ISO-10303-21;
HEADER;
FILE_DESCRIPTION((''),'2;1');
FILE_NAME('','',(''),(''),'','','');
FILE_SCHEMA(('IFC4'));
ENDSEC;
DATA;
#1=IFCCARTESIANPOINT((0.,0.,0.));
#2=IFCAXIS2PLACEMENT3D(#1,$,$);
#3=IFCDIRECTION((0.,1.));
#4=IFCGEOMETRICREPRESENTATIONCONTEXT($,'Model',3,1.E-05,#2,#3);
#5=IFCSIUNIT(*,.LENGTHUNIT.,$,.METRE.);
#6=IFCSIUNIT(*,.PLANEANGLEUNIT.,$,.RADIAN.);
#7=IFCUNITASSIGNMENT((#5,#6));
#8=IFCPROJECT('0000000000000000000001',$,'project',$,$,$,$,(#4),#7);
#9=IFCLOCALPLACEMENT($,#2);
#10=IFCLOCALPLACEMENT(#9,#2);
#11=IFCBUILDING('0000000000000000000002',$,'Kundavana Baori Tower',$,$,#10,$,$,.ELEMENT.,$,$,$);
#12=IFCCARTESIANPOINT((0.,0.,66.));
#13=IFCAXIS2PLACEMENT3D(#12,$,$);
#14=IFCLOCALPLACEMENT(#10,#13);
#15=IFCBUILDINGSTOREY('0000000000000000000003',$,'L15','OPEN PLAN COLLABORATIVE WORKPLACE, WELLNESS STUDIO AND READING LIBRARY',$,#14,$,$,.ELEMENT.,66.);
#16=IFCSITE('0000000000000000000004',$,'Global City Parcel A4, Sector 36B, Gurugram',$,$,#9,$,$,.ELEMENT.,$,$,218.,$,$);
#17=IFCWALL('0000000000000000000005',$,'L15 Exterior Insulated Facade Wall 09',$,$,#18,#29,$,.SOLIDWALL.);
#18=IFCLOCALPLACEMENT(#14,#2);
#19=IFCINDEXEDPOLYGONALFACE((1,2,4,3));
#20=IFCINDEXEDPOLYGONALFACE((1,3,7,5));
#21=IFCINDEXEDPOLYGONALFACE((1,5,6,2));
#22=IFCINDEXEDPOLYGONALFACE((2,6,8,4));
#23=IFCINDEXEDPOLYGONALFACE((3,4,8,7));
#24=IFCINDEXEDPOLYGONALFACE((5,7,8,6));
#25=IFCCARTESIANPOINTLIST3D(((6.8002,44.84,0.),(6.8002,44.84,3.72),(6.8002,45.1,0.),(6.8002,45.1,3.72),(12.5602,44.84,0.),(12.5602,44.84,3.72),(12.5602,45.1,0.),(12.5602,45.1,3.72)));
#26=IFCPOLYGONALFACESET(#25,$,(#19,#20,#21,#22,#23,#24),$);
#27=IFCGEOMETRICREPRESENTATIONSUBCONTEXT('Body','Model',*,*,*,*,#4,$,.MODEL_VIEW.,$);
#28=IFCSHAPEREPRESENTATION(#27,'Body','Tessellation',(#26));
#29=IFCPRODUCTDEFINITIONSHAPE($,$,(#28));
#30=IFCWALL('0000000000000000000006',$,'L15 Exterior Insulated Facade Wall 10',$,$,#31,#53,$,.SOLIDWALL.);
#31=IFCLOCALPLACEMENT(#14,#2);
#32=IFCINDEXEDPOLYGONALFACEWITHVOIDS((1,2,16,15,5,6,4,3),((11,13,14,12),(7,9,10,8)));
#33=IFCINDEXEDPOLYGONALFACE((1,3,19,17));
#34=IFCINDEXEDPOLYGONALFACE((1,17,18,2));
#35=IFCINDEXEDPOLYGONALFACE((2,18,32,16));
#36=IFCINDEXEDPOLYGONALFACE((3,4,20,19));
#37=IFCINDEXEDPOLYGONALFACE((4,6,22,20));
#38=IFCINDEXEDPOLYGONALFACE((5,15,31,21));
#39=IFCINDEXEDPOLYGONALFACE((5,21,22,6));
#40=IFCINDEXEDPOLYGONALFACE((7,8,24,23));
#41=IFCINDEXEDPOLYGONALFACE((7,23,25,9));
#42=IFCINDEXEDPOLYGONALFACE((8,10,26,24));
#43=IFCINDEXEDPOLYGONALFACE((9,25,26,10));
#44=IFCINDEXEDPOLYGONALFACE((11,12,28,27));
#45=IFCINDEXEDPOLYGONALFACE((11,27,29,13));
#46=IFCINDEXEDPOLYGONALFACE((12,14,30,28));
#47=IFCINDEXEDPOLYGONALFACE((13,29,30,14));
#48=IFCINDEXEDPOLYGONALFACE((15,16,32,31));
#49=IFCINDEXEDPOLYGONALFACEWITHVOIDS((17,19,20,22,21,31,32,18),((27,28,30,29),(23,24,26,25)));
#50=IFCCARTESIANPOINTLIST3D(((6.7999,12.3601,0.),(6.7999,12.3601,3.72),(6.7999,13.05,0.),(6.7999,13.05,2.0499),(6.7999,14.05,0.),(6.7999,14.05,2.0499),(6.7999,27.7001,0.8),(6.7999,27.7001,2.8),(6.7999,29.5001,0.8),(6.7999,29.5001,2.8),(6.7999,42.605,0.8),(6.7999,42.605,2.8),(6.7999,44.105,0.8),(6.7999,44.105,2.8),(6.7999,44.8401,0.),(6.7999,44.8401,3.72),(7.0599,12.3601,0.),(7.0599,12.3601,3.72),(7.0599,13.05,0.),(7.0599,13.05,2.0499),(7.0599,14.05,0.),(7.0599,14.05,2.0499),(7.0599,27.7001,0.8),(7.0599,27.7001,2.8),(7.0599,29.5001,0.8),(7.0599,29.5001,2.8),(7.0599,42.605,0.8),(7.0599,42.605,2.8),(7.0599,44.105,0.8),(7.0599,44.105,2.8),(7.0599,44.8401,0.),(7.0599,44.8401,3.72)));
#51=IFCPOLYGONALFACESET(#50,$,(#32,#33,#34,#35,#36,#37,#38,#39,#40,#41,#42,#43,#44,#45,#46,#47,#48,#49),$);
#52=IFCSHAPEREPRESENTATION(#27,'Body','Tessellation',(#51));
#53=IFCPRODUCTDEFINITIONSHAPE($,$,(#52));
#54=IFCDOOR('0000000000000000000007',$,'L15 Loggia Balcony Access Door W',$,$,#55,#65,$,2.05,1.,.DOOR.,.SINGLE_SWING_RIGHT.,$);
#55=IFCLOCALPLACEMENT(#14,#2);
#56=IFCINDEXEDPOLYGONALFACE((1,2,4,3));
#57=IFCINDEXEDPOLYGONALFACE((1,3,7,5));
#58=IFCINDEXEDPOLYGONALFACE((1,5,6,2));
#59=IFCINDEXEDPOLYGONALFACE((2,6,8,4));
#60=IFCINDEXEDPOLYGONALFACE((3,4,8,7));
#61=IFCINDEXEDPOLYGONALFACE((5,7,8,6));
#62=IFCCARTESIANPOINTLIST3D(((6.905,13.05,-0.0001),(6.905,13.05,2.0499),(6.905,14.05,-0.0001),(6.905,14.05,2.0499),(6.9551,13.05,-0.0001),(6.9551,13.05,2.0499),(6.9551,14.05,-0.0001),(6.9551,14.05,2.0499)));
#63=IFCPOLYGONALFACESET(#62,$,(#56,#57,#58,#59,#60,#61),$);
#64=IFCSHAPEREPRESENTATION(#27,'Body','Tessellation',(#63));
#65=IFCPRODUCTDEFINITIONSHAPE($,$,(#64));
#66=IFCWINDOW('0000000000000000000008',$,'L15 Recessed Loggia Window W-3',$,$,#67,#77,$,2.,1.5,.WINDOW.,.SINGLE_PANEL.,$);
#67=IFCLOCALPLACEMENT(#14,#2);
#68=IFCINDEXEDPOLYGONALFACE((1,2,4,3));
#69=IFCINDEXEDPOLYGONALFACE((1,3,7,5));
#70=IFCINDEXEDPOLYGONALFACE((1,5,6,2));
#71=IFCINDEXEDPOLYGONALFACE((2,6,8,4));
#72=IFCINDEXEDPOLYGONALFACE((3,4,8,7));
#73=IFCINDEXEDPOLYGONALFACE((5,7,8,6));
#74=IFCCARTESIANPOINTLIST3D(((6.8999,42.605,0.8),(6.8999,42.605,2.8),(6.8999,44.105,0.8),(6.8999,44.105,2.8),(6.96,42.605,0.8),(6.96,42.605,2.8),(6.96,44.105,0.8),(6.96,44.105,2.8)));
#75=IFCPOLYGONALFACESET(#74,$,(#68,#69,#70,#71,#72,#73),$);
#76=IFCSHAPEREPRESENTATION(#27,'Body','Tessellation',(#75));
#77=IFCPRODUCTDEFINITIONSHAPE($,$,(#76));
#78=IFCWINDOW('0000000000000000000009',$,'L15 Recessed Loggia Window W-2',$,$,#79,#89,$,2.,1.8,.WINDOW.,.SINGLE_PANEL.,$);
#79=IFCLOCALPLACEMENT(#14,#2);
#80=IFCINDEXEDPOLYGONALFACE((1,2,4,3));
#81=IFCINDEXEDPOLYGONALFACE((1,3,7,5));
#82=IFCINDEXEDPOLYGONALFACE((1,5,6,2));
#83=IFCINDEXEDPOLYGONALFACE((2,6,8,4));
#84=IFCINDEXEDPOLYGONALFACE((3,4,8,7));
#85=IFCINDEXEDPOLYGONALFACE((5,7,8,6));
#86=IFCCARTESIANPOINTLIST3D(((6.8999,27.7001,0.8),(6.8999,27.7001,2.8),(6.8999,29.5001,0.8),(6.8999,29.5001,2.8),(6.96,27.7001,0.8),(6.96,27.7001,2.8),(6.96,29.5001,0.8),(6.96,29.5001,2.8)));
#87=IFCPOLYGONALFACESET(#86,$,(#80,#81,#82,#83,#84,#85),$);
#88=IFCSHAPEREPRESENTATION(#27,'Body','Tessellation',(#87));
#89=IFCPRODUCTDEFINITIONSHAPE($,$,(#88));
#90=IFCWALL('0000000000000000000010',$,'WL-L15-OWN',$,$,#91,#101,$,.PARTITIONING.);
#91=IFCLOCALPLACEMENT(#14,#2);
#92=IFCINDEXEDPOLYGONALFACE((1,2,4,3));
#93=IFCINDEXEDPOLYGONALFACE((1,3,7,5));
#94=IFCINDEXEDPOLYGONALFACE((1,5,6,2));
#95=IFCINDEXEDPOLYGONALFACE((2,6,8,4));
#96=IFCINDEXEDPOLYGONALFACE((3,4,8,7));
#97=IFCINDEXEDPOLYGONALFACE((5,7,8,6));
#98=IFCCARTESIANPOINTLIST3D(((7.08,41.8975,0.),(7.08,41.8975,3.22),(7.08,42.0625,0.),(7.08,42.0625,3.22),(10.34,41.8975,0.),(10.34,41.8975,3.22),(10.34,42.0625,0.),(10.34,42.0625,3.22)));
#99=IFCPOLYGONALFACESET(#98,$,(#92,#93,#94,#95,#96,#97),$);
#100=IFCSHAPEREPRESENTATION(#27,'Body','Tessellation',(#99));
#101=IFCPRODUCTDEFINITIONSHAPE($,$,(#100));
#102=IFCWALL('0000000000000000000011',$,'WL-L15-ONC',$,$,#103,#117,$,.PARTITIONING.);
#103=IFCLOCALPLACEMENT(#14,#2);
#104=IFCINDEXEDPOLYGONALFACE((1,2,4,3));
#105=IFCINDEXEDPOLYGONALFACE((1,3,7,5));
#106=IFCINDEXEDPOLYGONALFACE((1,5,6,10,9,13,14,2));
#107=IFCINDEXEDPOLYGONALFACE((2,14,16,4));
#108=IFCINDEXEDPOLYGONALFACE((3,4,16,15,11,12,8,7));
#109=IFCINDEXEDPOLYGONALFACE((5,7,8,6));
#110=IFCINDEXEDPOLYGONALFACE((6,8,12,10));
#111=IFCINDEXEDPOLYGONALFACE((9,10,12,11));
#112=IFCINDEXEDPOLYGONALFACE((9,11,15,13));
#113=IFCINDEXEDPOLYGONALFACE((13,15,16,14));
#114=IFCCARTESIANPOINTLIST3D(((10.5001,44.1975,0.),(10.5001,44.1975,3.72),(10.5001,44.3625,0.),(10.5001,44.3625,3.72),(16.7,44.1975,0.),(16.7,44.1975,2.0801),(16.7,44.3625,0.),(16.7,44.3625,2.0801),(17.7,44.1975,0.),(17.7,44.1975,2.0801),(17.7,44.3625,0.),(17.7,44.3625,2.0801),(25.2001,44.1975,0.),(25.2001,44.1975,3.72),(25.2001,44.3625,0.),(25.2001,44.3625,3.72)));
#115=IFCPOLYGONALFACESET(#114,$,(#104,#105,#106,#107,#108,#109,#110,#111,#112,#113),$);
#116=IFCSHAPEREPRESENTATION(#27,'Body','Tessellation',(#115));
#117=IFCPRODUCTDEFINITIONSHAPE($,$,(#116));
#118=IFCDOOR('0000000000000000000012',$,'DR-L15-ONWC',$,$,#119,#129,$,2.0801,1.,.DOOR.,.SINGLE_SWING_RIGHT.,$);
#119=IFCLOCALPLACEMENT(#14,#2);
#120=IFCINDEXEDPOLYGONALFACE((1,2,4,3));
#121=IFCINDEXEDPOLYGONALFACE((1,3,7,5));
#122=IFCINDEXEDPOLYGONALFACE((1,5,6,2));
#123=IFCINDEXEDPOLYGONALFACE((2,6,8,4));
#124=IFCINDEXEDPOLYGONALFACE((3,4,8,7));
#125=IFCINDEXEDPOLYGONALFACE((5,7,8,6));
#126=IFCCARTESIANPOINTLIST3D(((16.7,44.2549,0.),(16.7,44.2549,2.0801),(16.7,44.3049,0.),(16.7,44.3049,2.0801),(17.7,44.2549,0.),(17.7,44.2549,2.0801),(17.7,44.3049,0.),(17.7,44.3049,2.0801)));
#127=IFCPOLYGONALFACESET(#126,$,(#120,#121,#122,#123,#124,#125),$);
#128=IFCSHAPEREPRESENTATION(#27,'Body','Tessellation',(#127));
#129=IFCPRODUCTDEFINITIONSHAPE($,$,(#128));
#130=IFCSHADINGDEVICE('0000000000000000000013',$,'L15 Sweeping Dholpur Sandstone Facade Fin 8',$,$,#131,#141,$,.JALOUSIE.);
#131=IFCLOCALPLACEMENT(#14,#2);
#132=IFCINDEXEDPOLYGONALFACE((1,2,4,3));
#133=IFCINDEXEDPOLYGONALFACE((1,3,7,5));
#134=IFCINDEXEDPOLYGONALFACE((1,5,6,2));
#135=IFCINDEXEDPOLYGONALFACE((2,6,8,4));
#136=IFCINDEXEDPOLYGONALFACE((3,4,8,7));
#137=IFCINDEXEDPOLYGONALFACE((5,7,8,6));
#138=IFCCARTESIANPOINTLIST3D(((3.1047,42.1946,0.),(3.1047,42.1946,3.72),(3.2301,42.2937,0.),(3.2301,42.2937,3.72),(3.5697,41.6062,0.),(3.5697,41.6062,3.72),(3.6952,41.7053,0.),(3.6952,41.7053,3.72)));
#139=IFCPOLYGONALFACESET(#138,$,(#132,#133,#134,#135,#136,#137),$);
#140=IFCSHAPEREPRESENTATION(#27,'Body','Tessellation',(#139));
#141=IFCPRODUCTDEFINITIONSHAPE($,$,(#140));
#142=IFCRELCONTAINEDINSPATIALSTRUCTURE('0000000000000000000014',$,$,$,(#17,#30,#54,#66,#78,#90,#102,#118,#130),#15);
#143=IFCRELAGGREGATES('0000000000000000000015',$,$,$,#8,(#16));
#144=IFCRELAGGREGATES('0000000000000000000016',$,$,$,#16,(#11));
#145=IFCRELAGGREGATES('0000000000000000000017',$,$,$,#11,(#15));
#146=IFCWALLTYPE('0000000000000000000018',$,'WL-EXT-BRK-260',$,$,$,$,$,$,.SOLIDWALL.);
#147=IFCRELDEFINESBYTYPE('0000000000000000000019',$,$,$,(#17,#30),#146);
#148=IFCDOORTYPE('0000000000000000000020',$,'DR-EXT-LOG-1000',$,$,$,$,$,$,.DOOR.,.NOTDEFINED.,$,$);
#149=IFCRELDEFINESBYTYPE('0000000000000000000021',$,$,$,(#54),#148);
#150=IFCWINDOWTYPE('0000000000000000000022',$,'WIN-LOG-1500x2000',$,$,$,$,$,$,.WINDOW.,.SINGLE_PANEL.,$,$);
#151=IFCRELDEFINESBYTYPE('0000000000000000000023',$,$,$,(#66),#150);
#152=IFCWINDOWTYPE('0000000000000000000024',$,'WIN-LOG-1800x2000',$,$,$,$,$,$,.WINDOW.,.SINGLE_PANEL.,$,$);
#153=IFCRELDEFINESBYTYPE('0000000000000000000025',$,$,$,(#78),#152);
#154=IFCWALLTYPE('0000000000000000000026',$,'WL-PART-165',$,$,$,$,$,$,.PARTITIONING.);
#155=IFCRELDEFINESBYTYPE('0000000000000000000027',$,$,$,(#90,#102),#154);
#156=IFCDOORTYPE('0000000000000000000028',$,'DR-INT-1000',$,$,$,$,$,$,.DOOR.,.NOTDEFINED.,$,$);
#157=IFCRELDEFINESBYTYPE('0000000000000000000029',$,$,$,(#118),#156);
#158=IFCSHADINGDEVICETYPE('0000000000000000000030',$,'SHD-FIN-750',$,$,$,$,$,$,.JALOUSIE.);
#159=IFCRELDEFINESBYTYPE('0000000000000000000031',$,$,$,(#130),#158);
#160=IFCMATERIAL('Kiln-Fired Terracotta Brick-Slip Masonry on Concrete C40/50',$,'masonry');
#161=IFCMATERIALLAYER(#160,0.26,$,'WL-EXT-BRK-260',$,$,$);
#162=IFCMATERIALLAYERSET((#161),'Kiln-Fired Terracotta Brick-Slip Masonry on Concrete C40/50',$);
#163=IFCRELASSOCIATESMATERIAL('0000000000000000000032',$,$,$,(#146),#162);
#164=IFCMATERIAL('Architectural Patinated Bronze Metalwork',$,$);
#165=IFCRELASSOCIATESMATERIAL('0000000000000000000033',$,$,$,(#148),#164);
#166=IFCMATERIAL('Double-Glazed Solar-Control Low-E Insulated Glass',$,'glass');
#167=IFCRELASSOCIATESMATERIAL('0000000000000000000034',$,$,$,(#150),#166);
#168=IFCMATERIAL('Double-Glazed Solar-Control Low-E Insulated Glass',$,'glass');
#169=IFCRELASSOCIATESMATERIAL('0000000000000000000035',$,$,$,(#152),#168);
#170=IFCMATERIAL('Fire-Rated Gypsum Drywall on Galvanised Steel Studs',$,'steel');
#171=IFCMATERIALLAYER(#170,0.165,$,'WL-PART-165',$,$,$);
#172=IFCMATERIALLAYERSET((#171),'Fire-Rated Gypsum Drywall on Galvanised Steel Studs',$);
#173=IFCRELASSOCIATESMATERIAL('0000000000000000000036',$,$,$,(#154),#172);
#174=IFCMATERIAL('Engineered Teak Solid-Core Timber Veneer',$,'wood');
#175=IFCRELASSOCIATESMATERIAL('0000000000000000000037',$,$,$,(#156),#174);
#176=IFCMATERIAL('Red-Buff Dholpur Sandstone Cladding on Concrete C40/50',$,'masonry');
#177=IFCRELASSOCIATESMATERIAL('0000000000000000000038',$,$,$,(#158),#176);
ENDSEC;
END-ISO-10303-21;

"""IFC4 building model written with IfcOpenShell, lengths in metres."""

from ifc_helpers import new_model, si_unit, direction, frame, frame_2d, origin, origin_2d, place, context, subcontext, project, spatial, rectangle, extrude, material, layer, layer_set, type_object, element, fill, save


model = new_model("IFC4")

# Units and contexts
model_context = context("Model", 3, precision=1e-05, world=origin(), true_north=direction((0.0, 1.0)))
body_context = subcontext(model_context, "Body", "Model", "MODEL_VIEW")
ifc_project = project(units=[si_unit("LENGTHUNIT", "METRE"), si_unit("PLANEANGLEUNIT", "RADIAN")], contexts=[model_context])

# Site, building, storey
site_placement = place(None, origin())
site = spatial("IfcSite", under=ifc_project, at=site_placement, Name="Global City Parcel A4, Sector 36B, Gurugram", CompositionType="ELEMENT", RefElevation=218.0)
building_placement = place(site_placement, origin())
building = spatial("IfcBuilding", under=site, at=building_placement, Name="Kundavana Baori Tower", CompositionType="ELEMENT")
storey_placement = place(building_placement, frame((0.0, 0.0, 66.0)))
storey = spatial("IfcBuildingStorey", under=building, at=storey_placement, Name="L15", Description="OPEN PLAN COLLABORATIVE WORKPLACE, WELLNESS STUDIO AND READING LIBRARY", CompositionType="ELEMENT", Elevation=66.0)

# Wall
ifc_material_1 = material(Name="Kiln-Fired Terracotta Brick-Slip Masonry on Concrete C40/50", Category="masonry")
ifc_layer_1 = layer(ifc_material_1, 0.26, Name="WL-EXT-BRK-260")
ifc_layer_set_1 = layer_set([ifc_layer_1], Name="Kiln-Fired Terracotta Brick-Slip Masonry on Concrete C40/50")
wall_type_1 = type_object("IfcWallType", Name="WL-EXT-BRK-260", PredefinedType="SOLIDWALL", material=ifc_layer_set_1)
wall_1_placement = place(storey_placement, frame((12.5601, 44.97, 0.0), z_axis=(0.0, 0.0, 1.0), x_axis=(-1.0, 0.0, 0.0)))
element("IfcWall", 1, at=wall_1_placement, inside=storey, type_object=wall_type_1, Name="L15 Exterior Insulated Facade Wall 09", PredefinedType="SOLIDWALL", context=body_context, shape_type="SweptSolid", body=[
    extrude(rectangle(XDim=5.76, YDim=0.26, at=frame_2d((2.8799, 0.0))), origin(), (0.0, 0.0, 1.0), 3.72),
])

# Wall, openings, door, windows
wall_2_placement = place(storey_placement, frame((6.9299, 44.8401, 0.0), z_axis=(0.0, 0.0, 1.0), x_axis=(0.0, -1.0, 0.0)))
wall_2 = element("IfcWall", 2, at=wall_2_placement, inside=storey, type_object=wall_type_1, Name="L15 Exterior Insulated Facade Wall 10", PredefinedType="SOLIDWALL", context=body_context, shape_type="SweptSolid", body=[
    extrude(rectangle(XDim=32.48, YDim=0.26, at=frame_2d((16.24, 0.0))), origin(), (0.0, 0.0, 1.0), 3.72),
])
opening_1_placement = place(wall_2_placement, frame((30.79, 0.0, 0.0)))
opening_1 = element("IfcOpeningElement", 3, at=opening_1_placement, cuts=wall_2, PredefinedType="OPENING", context=body_context, shape_type="SweptSolid", body=[
    extrude(rectangle(XDim=1.0, YDim=2.05, at=frame_2d((0.5, 1.0249))), frame((0.0, 0.1401, 0.0), z_axis=(0.0, -1.0, 0.0), x_axis=(1.0, 0.0, 0.0)), (0.0, 0.0, 1.0), 0.28),
])
opening_2_placement = place(wall_2_placement, frame((15.3401, 0.0, 0.8)))
opening_2 = element("IfcOpeningElement", 4, at=opening_2_placement, cuts=wall_2, PredefinedType="OPENING", context=body_context, shape_type="SweptSolid", body=[
    extrude(rectangle(XDim=1.8, YDim=2.0, at=frame_2d((0.8999, 1.0))), frame((0.0, 0.1401, 0.0), z_axis=(0.0, -1.0, 0.0), x_axis=(1.0, 0.0, 0.0)), (0.0, 0.0, 1.0), 0.28),
])
opening_3_placement = place(wall_2_placement, frame((0.7351, 0.0, 0.8)))
opening_3 = element("IfcOpeningElement", 5, at=opening_3_placement, cuts=wall_2, PredefinedType="OPENING", context=body_context, shape_type="SweptSolid", body=[
    extrude(rectangle(XDim=1.5, YDim=2.0, at=frame_2d((0.75, 1.0))), frame((0.0, 0.1401, 0.0), z_axis=(0.0, -1.0, 0.0), x_axis=(1.0, 0.0, 0.0)), (0.0, 0.0, 1.0), 0.28),
])
ifc_material_2 = material(Name="Architectural Patinated Bronze Metalwork")
door_type_1 = type_object("IfcDoorType", Name="DR-EXT-LOG-1000", OperationType="NOTDEFINED", PredefinedType="DOOR", material=ifc_material_2)
door_1_placement = place(opening_1_placement, frame((1.0, 0.0, 0.0), z_axis=(0.0, 0.0, 1.0), x_axis=(-1.0, 0.0, 0.0)))
door_1 = element("IfcDoor", 6, at=door_1_placement, inside=storey, type_object=door_type_1, Name="L15 Loggia Balcony Access Door W", OperationType="SINGLE_SWING_RIGHT", OverallHeight=2.05, OverallWidth=1.0, PredefinedType="DOOR", context=body_context, shape_type="SweptSolid", body=[
    extrude(rectangle(XDim=1.0, YDim=2.05, at=frame_2d((0.5, 1.0249))), frame((0.0, 0.0249, 0.0), z_axis=(0.0, -1.0, 0.0), x_axis=(1.0, 0.0, 0.0)), (0.0, 0.0, 1.0), 0.05),
])
fill(opening_1, door_1)
ifc_material_3 = material(Name="Double-Glazed Solar-Control Low-E Insulated Glass", Category="glass")
window_type_1 = type_object("IfcWindowType", Name="WIN-LOG-1500x2000", PartitioningType="SINGLE_PANEL", PredefinedType="WINDOW", material=ifc_material_3)
window_1_placement = place(opening_3_placement, origin())
window_1 = element("IfcWindow", 7, at=window_1_placement, inside=storey, type_object=window_type_1, Name="L15 Recessed Loggia Window W-3", OverallHeight=2.0, OverallWidth=1.5, PartitioningType="SINGLE_PANEL", PredefinedType="WINDOW", context=body_context, shape_type="SweptSolid", body=[
    extrude(rectangle(XDim=1.5, YDim=2.0, at=frame_2d((0.75, 1.0))), frame((0.0, 0.03, 0.0), z_axis=(0.0, -1.0, 0.0), x_axis=(1.0, 0.0, 0.0)), (0.0, 0.0, 1.0), 0.0601),
])
fill(opening_3, window_1)
ifc_material_4 = material(Name="Double-Glazed Solar-Control Low-E Insulated Glass", Category="glass")
window_type_2 = type_object("IfcWindowType", Name="WIN-LOG-1800x2000", PartitioningType="SINGLE_PANEL", PredefinedType="WINDOW", material=ifc_material_4)
window_2_placement = place(opening_2_placement, origin())
window_2 = element("IfcWindow", 8, at=window_2_placement, inside=storey, type_object=window_type_2, Name="L15 Recessed Loggia Window W-2", OverallHeight=2.0, OverallWidth=1.8, PartitioningType="SINGLE_PANEL", PredefinedType="WINDOW", context=body_context, shape_type="SweptSolid", body=[
    extrude(rectangle(XDim=1.8, YDim=2.0, at=frame_2d((0.8999, 1.0))), frame((0.0, 0.03, 0.0), z_axis=(0.0, -1.0, 0.0), x_axis=(1.0, 0.0, 0.0)), (0.0, 0.0, 1.0), 0.0601),
])
fill(opening_2, window_2)

# Wall
ifc_material_5 = material(Name="Fire-Rated Gypsum Drywall on Galvanised Steel Studs", Category="steel")
ifc_layer_2 = layer(ifc_material_5, 0.165, Name="WL-PART-165")
ifc_layer_set_2 = layer_set([ifc_layer_2], Name="Fire-Rated Gypsum Drywall on Galvanised Steel Studs")
wall_type_2 = type_object("IfcWallType", Name="WL-PART-165", PredefinedType="PARTITIONING", material=ifc_layer_set_2)
wall_3_placement = place(storey_placement, frame((7.0801, 41.98, 0.0), z_axis=(0.0, 0.0, 1.0), x_axis=(1.0, 0.0, 0.0)))
element("IfcWall", 9, at=wall_3_placement, inside=storey, type_object=wall_type_2, Name="WL-L15-OWN", PredefinedType="PARTITIONING", context=body_context, shape_type="SweptSolid", body=[
    extrude(rectangle(XDim=3.26, YDim=0.165, at=frame_2d((1.6299, 0.0))), origin(), (0.0, 0.0, 1.0), 3.22),
])

# Wall, opening, door
wall_4_placement = place(storey_placement, frame((10.5, 44.28, 0.0), z_axis=(0.0, 0.0, 1.0), x_axis=(1.0, 0.0, 0.0)))
wall_4 = element("IfcWall", 10, at=wall_4_placement, inside=storey, type_object=wall_type_2, Name="WL-L15-ONC", PredefinedType="PARTITIONING", context=body_context, shape_type="SweptSolid", body=[
    extrude(rectangle(XDim=14.7, YDim=0.165, at=frame_2d((7.3501, 0.0))), origin(), (0.0, 0.0, 1.0), 3.72),
])
opening_4_placement = place(wall_4_placement, frame((6.2, 0.0, 0.0)))
opening_4 = element("IfcOpeningElement", 11, at=opening_4_placement, cuts=wall_4, PredefinedType="OPENING", context=body_context, shape_type="SweptSolid", body=[
    extrude(rectangle(XDim=1.0, YDim=2.0801, at=frame_2d((0.5, 1.04))), frame((0.0, 0.0925, 0.0), z_axis=(0.0, -1.0, 0.0), x_axis=(1.0, 0.0, 0.0)), (0.0, 0.0, 1.0), 0.1851),
])
ifc_material_6 = material(Name="Engineered Teak Solid-Core Timber Veneer", Category="wood")
door_type_2 = type_object("IfcDoorType", Name="DR-INT-1000", OperationType="NOTDEFINED", PredefinedType="DOOR", material=ifc_material_6)
door_2_placement = place(opening_4_placement, origin())
door_2 = element("IfcDoor", 12, at=door_2_placement, inside=storey, type_object=door_type_2, Name="DR-L15-ONWC", OperationType="SINGLE_SWING_RIGHT", OverallHeight=2.0801, OverallWidth=1.0, PredefinedType="DOOR", context=body_context, shape_type="SweptSolid", body=[
    extrude(rectangle(XDim=1.0, YDim=2.0801, at=frame_2d((0.5, 1.04))), frame((0.0, 0.0249, 0.0), z_axis=(0.0, -1.0, 0.0), x_axis=(1.0, 0.0, 0.0)), (0.0, 0.0, 1.0), 0.05),
])
fill(opening_4, door_2)

# Shading device
ifc_material_7 = material(Name="Red-Buff Dholpur Sandstone Cladding on Concrete C40/50", Category="masonry")
shading_device_type = type_object("IfcShadingDeviceType", Name="SHD-FIN-750", PredefinedType="JALOUSIE", material=ifc_material_7)
shading_device_placement = place(storey_placement, frame((3.3999, 41.95, 0.0), z_axis=(0.0, 0.0, 1.0), x_axis=(0.78456, 0.620053, 0.0)))
element("IfcShadingDevice", 13, at=shading_device_placement, inside=storey, type_object=shading_device_type, Name="L15 Sweeping Dholpur Sandstone Facade Fin 8", PredefinedType="JALOUSIE", context=body_context, shape_type="SweptSolid", body=[
    extrude(rectangle(XDim=0.1599, YDim=0.75, at=origin_2d()), origin(), (0.0, 0.0, 1.0), 3.72),
])

save(model, "model.ifc")
